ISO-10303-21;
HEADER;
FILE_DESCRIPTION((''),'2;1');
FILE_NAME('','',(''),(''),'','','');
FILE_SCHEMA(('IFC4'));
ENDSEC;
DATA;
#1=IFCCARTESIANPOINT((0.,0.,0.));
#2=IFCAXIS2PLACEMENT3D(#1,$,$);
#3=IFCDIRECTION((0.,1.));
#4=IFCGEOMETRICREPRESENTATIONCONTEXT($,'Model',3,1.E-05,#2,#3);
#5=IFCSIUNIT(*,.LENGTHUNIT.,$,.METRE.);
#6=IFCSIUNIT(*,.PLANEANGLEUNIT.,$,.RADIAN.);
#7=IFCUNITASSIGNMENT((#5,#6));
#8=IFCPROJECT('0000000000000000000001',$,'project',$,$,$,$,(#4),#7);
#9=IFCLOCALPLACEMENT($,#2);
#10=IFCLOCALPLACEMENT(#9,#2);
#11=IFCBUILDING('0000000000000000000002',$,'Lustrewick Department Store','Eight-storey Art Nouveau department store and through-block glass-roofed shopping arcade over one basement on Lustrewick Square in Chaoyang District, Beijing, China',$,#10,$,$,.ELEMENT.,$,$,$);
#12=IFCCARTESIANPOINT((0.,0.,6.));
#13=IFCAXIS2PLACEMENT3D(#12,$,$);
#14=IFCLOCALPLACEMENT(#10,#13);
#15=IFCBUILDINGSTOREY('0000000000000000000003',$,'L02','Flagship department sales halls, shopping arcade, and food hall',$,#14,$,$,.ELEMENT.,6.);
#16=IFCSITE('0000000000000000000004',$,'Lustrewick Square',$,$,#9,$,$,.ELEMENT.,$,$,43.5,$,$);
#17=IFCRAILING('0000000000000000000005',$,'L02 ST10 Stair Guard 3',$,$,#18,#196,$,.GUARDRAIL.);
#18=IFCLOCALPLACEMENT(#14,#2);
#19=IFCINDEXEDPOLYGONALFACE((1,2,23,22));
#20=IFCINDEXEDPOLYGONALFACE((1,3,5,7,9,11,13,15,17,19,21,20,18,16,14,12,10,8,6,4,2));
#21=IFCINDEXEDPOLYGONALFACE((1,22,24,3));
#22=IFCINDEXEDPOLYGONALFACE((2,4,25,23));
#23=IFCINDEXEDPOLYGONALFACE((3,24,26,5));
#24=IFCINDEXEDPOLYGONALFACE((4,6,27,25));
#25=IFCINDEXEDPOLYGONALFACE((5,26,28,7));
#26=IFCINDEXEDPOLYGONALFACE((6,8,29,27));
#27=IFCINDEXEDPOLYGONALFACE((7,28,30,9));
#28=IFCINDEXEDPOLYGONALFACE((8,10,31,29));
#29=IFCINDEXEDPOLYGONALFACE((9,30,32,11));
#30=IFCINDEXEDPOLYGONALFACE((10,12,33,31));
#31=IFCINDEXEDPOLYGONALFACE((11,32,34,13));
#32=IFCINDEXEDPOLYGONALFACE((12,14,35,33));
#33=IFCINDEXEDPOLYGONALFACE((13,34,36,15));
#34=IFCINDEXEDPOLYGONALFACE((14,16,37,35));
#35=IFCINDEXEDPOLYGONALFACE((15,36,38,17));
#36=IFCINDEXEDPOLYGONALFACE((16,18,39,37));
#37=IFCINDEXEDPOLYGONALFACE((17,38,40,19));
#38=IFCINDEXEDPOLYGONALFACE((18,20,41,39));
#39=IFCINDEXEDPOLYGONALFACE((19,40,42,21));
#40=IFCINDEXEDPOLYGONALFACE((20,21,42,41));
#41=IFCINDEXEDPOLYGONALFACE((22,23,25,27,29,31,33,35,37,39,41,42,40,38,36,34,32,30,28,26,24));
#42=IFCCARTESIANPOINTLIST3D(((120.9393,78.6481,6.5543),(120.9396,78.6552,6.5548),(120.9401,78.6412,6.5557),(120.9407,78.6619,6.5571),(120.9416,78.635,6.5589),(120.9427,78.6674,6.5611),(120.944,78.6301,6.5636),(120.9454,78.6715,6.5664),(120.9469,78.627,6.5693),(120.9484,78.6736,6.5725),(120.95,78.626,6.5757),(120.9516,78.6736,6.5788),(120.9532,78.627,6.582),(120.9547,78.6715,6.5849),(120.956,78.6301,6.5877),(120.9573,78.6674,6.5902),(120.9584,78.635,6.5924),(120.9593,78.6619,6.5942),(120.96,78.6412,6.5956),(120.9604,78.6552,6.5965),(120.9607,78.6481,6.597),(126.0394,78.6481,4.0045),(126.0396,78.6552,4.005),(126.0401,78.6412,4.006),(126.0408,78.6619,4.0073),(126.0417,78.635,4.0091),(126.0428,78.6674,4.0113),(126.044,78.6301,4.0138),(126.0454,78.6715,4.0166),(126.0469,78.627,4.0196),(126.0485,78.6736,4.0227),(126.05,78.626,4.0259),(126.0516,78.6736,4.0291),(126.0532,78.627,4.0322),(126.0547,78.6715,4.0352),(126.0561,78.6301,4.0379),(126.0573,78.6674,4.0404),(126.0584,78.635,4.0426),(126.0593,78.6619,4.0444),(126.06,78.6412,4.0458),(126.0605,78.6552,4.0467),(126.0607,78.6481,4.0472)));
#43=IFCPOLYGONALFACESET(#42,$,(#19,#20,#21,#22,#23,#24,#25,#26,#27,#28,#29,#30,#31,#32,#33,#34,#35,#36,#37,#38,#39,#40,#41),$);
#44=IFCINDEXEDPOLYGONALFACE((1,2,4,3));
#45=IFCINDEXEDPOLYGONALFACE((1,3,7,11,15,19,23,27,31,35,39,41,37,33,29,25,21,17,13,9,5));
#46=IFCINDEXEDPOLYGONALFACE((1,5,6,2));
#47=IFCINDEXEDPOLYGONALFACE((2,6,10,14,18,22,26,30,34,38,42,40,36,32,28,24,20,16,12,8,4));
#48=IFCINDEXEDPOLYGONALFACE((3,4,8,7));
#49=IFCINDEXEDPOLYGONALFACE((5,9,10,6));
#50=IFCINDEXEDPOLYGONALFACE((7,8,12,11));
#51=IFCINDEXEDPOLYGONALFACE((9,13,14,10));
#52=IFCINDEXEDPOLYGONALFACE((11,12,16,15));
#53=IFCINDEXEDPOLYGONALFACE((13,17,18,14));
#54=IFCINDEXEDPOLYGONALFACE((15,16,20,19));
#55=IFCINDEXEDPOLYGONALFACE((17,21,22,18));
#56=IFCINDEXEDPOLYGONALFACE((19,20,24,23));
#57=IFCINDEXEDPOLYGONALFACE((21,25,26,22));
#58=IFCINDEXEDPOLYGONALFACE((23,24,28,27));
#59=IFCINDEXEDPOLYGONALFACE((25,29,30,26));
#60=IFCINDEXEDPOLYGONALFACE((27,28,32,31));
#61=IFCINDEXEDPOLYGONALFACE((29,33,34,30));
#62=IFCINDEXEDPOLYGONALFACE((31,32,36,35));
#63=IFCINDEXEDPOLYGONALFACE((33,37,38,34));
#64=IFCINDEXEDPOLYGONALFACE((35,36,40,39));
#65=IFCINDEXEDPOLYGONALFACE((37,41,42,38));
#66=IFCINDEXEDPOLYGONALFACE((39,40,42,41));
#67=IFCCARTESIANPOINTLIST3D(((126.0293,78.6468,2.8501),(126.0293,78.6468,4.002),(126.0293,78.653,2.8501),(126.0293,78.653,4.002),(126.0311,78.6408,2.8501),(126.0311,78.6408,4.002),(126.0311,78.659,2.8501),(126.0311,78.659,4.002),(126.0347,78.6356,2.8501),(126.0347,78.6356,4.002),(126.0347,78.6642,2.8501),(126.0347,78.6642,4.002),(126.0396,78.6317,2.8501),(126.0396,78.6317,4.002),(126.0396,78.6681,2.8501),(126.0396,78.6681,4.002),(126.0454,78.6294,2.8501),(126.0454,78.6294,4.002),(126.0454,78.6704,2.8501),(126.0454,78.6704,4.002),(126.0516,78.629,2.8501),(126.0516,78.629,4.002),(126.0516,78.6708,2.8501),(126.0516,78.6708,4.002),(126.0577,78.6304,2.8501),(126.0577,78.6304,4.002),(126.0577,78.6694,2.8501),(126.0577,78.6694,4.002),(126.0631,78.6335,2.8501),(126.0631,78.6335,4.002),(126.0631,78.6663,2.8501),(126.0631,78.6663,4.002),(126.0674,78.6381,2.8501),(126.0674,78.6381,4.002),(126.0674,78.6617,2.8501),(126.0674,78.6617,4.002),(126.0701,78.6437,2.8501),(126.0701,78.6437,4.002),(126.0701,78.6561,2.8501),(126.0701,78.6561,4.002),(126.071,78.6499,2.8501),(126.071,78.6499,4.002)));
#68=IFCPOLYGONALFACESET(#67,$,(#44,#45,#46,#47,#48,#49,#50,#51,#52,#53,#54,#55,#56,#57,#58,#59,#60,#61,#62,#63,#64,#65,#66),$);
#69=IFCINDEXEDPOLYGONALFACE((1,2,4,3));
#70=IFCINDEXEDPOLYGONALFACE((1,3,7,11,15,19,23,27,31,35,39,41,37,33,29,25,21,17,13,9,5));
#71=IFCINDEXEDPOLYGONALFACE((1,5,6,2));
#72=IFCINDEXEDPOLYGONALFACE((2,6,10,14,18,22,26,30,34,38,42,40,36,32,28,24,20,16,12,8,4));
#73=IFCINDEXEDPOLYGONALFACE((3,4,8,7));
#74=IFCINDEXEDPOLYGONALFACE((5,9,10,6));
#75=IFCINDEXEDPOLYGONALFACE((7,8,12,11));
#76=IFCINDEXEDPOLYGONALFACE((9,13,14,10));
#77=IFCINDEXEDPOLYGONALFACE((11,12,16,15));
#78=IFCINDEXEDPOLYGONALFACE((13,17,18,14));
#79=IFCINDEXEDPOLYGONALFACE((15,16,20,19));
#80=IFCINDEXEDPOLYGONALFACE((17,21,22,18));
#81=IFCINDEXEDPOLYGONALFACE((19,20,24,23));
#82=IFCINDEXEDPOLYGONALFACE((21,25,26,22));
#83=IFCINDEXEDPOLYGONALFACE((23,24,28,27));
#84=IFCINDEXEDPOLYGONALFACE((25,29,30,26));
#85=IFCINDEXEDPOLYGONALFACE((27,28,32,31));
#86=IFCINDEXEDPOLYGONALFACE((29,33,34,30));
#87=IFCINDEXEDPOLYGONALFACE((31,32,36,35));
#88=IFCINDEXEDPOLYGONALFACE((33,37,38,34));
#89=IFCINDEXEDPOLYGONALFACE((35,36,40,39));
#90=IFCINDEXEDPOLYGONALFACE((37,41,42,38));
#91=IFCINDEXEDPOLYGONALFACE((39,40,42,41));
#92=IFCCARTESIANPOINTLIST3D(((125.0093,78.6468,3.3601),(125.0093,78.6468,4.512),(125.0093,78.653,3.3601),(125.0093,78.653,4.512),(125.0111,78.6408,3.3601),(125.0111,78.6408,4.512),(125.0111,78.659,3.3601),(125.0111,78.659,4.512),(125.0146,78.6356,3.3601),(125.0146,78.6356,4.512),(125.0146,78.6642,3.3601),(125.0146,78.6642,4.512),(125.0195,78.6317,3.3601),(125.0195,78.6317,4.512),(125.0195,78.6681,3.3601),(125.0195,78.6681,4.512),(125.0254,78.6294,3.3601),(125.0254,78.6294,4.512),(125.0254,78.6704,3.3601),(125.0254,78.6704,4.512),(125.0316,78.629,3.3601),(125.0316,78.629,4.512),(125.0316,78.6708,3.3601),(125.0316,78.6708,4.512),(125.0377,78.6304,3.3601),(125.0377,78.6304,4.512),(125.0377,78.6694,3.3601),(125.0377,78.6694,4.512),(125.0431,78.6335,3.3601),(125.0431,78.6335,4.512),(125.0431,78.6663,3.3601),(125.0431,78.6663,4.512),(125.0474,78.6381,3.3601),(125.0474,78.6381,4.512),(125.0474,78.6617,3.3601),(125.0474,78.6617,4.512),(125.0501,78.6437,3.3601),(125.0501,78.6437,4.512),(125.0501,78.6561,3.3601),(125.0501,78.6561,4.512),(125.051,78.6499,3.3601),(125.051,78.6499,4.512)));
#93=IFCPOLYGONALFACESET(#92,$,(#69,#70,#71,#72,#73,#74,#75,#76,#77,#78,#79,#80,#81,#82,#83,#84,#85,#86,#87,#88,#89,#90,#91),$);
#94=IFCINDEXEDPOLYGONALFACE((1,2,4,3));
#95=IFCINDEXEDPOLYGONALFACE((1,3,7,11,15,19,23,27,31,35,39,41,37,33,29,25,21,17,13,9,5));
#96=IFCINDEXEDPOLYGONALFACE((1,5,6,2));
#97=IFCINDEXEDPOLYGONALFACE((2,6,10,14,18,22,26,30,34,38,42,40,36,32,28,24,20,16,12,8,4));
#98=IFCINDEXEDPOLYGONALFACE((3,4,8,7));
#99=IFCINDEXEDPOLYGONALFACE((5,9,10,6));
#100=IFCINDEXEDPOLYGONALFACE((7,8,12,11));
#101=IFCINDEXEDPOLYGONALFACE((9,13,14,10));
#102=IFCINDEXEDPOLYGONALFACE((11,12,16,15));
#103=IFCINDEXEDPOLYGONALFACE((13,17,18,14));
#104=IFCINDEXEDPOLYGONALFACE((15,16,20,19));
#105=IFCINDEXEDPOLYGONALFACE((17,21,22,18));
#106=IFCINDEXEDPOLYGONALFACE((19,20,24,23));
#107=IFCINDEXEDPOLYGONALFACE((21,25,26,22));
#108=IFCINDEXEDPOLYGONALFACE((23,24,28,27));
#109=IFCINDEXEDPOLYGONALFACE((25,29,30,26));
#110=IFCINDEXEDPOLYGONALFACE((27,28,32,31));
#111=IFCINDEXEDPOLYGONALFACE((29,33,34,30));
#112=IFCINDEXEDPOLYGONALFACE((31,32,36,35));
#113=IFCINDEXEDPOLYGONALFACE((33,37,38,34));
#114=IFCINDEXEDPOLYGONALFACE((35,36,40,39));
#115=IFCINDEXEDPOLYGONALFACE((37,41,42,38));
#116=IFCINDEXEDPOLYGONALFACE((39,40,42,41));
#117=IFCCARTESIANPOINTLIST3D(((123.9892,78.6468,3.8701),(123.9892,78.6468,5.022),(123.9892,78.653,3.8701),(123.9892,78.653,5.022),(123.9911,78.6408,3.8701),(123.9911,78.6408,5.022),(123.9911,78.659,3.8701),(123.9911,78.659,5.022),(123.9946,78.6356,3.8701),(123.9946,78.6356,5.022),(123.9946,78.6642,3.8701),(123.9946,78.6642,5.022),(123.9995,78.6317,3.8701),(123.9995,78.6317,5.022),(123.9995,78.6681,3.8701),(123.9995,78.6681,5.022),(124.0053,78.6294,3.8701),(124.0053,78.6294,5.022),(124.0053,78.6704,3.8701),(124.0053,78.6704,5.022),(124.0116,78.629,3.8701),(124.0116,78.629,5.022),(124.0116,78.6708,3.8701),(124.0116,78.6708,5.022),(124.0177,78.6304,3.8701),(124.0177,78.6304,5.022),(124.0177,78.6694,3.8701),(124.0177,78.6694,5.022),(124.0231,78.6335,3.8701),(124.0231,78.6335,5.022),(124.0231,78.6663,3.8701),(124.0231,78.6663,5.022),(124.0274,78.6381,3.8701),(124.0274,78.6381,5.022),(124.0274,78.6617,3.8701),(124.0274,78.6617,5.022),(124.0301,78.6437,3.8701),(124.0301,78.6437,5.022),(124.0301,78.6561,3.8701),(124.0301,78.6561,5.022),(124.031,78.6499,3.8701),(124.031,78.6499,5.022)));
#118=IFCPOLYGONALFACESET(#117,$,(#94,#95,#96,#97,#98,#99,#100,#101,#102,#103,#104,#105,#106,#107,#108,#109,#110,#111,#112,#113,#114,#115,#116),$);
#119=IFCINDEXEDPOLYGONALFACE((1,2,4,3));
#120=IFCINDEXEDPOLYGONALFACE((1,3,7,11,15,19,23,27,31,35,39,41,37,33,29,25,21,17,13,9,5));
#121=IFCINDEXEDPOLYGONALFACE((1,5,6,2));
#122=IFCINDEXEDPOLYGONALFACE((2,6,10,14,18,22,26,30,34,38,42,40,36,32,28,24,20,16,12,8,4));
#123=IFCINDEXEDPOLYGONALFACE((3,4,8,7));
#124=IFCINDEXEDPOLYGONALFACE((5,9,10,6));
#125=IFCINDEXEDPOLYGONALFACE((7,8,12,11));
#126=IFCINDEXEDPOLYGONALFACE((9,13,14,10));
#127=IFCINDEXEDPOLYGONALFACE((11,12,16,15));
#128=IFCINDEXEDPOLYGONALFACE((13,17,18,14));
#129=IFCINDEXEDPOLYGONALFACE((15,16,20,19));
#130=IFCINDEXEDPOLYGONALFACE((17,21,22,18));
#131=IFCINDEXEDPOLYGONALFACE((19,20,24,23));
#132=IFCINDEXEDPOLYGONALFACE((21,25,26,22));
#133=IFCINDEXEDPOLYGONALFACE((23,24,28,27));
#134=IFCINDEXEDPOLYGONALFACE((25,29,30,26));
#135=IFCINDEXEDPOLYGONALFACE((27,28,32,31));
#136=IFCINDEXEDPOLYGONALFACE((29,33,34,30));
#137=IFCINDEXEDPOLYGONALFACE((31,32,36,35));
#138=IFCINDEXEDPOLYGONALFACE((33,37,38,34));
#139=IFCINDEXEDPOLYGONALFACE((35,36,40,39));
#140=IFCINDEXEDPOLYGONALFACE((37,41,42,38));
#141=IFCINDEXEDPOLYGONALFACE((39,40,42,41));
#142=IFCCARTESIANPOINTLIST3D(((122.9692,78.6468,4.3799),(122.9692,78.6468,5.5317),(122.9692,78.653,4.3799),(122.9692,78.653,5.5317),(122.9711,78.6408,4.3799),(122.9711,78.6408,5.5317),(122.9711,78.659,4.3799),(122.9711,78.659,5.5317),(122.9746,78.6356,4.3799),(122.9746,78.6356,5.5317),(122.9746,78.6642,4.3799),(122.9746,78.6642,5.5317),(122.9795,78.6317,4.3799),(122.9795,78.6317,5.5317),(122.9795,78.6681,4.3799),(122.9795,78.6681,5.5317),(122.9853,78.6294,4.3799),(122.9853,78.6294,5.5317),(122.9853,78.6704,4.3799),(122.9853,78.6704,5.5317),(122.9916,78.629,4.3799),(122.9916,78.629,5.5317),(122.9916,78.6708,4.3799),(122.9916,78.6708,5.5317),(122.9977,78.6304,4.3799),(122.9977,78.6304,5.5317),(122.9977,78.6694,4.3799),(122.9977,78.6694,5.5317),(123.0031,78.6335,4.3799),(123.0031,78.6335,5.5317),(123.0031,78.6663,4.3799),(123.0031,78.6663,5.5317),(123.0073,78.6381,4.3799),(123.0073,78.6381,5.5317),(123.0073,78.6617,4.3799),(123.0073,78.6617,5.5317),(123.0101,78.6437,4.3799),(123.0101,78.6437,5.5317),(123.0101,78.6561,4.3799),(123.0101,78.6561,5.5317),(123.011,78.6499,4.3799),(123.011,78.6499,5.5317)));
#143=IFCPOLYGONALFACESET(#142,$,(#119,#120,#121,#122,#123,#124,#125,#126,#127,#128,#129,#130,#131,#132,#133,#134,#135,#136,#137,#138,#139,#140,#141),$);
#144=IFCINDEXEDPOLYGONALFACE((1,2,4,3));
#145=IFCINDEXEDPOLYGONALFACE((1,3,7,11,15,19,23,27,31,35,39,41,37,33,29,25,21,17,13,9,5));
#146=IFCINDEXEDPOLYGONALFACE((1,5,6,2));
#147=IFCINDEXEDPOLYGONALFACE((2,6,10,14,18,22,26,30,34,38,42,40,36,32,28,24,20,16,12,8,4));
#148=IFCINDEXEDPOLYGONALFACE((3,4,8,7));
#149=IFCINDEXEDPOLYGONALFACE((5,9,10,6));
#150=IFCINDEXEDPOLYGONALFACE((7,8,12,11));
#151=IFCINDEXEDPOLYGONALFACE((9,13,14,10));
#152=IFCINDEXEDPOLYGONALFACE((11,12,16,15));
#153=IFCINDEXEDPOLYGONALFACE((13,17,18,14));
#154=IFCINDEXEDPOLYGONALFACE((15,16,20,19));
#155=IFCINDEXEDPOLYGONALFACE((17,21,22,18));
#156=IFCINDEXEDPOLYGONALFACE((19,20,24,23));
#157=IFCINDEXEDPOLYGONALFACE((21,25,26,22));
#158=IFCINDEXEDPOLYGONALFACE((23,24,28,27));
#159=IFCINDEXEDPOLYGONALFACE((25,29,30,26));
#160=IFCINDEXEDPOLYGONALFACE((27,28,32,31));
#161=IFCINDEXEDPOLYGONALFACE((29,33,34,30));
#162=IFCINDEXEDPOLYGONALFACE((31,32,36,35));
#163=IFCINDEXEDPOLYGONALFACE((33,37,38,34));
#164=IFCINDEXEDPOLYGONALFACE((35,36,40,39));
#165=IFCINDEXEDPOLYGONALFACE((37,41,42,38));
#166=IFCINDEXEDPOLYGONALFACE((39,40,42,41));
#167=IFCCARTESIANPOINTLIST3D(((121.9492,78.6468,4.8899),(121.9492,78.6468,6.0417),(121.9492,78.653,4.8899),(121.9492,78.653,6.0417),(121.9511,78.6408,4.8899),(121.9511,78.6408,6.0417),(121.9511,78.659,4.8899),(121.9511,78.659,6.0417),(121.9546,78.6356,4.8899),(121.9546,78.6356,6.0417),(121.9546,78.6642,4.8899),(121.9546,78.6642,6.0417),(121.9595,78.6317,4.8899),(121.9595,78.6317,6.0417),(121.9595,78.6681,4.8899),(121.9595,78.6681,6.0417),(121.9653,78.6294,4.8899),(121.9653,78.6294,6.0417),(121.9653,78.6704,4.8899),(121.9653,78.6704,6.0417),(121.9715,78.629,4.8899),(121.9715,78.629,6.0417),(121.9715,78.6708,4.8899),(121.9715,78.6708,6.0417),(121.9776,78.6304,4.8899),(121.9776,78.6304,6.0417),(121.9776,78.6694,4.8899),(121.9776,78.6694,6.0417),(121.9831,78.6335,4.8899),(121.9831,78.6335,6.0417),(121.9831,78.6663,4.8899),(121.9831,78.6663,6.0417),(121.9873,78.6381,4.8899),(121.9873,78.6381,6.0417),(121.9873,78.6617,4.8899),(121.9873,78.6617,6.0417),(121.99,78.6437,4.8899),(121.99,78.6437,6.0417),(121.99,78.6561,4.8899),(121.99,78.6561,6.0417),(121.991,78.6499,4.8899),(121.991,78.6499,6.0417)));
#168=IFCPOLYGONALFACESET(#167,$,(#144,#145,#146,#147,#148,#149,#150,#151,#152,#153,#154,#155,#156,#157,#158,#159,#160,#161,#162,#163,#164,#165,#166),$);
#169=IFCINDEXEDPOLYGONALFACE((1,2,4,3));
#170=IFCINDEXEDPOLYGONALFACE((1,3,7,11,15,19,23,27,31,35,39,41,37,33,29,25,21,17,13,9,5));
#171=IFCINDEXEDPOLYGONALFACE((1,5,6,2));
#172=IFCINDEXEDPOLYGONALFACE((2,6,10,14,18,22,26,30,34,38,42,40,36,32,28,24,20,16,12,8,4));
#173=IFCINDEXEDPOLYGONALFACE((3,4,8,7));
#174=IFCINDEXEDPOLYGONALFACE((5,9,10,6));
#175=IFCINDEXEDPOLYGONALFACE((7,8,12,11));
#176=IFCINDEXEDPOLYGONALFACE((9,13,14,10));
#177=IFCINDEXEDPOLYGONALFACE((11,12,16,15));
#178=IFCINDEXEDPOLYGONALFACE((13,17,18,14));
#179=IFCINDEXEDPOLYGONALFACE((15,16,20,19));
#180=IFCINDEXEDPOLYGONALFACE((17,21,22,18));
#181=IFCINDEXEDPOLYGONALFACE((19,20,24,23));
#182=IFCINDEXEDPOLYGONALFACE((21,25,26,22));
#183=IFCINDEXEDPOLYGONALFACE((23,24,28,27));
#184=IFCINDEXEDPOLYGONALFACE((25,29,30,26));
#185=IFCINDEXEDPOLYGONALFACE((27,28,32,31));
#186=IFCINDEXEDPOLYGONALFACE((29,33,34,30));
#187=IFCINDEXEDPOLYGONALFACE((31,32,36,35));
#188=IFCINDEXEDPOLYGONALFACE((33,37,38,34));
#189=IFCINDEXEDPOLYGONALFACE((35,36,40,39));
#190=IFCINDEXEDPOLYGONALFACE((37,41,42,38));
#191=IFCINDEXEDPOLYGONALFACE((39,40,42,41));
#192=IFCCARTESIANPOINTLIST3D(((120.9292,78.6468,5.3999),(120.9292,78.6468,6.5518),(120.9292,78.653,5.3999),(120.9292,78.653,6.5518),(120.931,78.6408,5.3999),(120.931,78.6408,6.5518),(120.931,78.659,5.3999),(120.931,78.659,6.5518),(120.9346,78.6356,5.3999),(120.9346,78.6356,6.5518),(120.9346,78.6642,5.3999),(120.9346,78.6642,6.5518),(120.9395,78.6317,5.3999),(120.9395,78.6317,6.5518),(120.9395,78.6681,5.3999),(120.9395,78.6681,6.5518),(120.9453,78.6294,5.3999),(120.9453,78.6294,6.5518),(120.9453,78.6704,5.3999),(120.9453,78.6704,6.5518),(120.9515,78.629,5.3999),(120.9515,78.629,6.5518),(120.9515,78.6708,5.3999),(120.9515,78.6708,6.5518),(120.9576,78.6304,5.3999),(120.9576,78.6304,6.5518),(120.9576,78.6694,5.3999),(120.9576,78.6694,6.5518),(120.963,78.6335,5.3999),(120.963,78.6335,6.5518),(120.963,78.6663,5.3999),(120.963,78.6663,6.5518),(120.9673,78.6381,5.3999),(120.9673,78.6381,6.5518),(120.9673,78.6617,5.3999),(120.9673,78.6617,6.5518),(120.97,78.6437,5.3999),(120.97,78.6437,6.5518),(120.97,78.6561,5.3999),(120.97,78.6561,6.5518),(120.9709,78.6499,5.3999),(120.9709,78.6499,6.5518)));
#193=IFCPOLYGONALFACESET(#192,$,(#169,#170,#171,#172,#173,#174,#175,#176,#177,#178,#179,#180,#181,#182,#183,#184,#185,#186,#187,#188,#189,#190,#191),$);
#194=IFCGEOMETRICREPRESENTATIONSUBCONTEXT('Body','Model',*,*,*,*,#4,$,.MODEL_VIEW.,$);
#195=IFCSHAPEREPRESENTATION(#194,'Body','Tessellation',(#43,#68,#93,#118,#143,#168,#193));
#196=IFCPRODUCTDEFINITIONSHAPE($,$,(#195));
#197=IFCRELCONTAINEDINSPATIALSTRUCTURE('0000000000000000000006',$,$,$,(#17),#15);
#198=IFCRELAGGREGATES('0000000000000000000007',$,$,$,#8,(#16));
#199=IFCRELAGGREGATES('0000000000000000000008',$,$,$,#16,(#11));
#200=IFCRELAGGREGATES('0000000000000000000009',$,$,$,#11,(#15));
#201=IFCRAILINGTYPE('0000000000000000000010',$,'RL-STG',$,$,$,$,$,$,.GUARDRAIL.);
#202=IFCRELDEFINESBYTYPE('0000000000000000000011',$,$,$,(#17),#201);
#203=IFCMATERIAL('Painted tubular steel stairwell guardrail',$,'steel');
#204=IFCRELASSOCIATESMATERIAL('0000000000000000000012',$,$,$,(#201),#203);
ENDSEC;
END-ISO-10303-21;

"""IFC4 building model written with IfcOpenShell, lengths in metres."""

from ifc_helpers import new_model, si_unit, direction, frame, origin, origin_2d, place, context, subcontext, project, spatial, circle, extrude, material, type_object, element, save


model = new_model("IFC4")

# Units and contexts
model_context = context("Model", 3, precision=1e-05, world=origin(), true_north=direction((0.0, 1.0)))
body_context = subcontext(model_context, "Body", "Model", "MODEL_VIEW")
ifc_project = project(units=[si_unit("LENGTHUNIT", "METRE"), si_unit("PLANEANGLEUNIT", "RADIAN")], contexts=[model_context])

# Site, building, storey
site_placement = place(None, origin())
site = spatial("IfcSite", under=ifc_project, at=site_placement, Name="Lustrewick Square", CompositionType="ELEMENT", RefElevation=43.5)
building_placement = place(site_placement, origin())
building = spatial("IfcBuilding", under=site, at=building_placement, Name="Lustrewick Department Store", Description="Eight-storey Art Nouveau department store and through-block glass-roofed shopping arcade over one basement on Lustrewick Square in Chaoyang District, Beijing, China", CompositionType="ELEMENT")
storey_placement = place(building_placement, frame((0.0, 0.0, 6.0)))
storey = spatial("IfcBuildingStorey", under=building, at=storey_placement, Name="L02", Description="Flagship department sales halls, shopping arcade, and food hall", CompositionType="ELEMENT", Elevation=6.0)

# Railing
ifc_material_1 = material(Name="Painted tubular steel stairwell guardrail", Category="steel")
railing_type_1 = type_object("IfcRailingType", Name="RL-STG", PredefinedType="GUARDRAIL", material=ifc_material_1)
railing_1_placement = place(storey_placement, frame((126.05, 78.6499, 2.8501)))
element("IfcRailing", 1, at=railing_1_placement, inside=storey, type_object=railing_type_1, Name="L02 ST10 Stair Guard 3", PredefinedType="GUARDRAIL", context=body_context, shape_type="SweptSolid", body=[
    extrude(circle(Radius=0.0239, at=origin_2d()), frame((0.0, 0.0, 1.1758), z_axis=(-0.894444, 0.0, 0.447179), x_axis=(0.0, -1.0, 0.0)), (0.0, 0.0, 1.0), 5.7019),
    extrude(circle(Radius=0.021, at=origin_2d()), origin(), (0.0, 0.0, 1.0), 1.1519),
    extrude(circle(Radius=0.021, at=origin_2d()), frame((-1.02, 0.0, 0.51)), (0.0, 0.0, 1.0), 1.1519),
    extrude(circle(Radius=0.021, at=origin_2d()), frame((-2.04, 0.0, 1.02)), (0.0, 0.0, 1.0), 1.1519),
    extrude(circle(Radius=0.021, at=origin_2d()), frame((-3.0601, 0.0, 1.5298)), (0.0, 0.0, 1.0), 1.1519),
    extrude(circle(Radius=0.021, at=origin_2d()), frame((-4.0801, 0.0, 2.0398)), (0.0, 0.0, 1.0), 1.1519),
    extrude(circle(Radius=0.021, at=origin_2d()), frame((-5.1001, 0.0, 2.5498)), (0.0, 0.0, 1.0), 1.1519),
])

save(model, "model.ifc")
